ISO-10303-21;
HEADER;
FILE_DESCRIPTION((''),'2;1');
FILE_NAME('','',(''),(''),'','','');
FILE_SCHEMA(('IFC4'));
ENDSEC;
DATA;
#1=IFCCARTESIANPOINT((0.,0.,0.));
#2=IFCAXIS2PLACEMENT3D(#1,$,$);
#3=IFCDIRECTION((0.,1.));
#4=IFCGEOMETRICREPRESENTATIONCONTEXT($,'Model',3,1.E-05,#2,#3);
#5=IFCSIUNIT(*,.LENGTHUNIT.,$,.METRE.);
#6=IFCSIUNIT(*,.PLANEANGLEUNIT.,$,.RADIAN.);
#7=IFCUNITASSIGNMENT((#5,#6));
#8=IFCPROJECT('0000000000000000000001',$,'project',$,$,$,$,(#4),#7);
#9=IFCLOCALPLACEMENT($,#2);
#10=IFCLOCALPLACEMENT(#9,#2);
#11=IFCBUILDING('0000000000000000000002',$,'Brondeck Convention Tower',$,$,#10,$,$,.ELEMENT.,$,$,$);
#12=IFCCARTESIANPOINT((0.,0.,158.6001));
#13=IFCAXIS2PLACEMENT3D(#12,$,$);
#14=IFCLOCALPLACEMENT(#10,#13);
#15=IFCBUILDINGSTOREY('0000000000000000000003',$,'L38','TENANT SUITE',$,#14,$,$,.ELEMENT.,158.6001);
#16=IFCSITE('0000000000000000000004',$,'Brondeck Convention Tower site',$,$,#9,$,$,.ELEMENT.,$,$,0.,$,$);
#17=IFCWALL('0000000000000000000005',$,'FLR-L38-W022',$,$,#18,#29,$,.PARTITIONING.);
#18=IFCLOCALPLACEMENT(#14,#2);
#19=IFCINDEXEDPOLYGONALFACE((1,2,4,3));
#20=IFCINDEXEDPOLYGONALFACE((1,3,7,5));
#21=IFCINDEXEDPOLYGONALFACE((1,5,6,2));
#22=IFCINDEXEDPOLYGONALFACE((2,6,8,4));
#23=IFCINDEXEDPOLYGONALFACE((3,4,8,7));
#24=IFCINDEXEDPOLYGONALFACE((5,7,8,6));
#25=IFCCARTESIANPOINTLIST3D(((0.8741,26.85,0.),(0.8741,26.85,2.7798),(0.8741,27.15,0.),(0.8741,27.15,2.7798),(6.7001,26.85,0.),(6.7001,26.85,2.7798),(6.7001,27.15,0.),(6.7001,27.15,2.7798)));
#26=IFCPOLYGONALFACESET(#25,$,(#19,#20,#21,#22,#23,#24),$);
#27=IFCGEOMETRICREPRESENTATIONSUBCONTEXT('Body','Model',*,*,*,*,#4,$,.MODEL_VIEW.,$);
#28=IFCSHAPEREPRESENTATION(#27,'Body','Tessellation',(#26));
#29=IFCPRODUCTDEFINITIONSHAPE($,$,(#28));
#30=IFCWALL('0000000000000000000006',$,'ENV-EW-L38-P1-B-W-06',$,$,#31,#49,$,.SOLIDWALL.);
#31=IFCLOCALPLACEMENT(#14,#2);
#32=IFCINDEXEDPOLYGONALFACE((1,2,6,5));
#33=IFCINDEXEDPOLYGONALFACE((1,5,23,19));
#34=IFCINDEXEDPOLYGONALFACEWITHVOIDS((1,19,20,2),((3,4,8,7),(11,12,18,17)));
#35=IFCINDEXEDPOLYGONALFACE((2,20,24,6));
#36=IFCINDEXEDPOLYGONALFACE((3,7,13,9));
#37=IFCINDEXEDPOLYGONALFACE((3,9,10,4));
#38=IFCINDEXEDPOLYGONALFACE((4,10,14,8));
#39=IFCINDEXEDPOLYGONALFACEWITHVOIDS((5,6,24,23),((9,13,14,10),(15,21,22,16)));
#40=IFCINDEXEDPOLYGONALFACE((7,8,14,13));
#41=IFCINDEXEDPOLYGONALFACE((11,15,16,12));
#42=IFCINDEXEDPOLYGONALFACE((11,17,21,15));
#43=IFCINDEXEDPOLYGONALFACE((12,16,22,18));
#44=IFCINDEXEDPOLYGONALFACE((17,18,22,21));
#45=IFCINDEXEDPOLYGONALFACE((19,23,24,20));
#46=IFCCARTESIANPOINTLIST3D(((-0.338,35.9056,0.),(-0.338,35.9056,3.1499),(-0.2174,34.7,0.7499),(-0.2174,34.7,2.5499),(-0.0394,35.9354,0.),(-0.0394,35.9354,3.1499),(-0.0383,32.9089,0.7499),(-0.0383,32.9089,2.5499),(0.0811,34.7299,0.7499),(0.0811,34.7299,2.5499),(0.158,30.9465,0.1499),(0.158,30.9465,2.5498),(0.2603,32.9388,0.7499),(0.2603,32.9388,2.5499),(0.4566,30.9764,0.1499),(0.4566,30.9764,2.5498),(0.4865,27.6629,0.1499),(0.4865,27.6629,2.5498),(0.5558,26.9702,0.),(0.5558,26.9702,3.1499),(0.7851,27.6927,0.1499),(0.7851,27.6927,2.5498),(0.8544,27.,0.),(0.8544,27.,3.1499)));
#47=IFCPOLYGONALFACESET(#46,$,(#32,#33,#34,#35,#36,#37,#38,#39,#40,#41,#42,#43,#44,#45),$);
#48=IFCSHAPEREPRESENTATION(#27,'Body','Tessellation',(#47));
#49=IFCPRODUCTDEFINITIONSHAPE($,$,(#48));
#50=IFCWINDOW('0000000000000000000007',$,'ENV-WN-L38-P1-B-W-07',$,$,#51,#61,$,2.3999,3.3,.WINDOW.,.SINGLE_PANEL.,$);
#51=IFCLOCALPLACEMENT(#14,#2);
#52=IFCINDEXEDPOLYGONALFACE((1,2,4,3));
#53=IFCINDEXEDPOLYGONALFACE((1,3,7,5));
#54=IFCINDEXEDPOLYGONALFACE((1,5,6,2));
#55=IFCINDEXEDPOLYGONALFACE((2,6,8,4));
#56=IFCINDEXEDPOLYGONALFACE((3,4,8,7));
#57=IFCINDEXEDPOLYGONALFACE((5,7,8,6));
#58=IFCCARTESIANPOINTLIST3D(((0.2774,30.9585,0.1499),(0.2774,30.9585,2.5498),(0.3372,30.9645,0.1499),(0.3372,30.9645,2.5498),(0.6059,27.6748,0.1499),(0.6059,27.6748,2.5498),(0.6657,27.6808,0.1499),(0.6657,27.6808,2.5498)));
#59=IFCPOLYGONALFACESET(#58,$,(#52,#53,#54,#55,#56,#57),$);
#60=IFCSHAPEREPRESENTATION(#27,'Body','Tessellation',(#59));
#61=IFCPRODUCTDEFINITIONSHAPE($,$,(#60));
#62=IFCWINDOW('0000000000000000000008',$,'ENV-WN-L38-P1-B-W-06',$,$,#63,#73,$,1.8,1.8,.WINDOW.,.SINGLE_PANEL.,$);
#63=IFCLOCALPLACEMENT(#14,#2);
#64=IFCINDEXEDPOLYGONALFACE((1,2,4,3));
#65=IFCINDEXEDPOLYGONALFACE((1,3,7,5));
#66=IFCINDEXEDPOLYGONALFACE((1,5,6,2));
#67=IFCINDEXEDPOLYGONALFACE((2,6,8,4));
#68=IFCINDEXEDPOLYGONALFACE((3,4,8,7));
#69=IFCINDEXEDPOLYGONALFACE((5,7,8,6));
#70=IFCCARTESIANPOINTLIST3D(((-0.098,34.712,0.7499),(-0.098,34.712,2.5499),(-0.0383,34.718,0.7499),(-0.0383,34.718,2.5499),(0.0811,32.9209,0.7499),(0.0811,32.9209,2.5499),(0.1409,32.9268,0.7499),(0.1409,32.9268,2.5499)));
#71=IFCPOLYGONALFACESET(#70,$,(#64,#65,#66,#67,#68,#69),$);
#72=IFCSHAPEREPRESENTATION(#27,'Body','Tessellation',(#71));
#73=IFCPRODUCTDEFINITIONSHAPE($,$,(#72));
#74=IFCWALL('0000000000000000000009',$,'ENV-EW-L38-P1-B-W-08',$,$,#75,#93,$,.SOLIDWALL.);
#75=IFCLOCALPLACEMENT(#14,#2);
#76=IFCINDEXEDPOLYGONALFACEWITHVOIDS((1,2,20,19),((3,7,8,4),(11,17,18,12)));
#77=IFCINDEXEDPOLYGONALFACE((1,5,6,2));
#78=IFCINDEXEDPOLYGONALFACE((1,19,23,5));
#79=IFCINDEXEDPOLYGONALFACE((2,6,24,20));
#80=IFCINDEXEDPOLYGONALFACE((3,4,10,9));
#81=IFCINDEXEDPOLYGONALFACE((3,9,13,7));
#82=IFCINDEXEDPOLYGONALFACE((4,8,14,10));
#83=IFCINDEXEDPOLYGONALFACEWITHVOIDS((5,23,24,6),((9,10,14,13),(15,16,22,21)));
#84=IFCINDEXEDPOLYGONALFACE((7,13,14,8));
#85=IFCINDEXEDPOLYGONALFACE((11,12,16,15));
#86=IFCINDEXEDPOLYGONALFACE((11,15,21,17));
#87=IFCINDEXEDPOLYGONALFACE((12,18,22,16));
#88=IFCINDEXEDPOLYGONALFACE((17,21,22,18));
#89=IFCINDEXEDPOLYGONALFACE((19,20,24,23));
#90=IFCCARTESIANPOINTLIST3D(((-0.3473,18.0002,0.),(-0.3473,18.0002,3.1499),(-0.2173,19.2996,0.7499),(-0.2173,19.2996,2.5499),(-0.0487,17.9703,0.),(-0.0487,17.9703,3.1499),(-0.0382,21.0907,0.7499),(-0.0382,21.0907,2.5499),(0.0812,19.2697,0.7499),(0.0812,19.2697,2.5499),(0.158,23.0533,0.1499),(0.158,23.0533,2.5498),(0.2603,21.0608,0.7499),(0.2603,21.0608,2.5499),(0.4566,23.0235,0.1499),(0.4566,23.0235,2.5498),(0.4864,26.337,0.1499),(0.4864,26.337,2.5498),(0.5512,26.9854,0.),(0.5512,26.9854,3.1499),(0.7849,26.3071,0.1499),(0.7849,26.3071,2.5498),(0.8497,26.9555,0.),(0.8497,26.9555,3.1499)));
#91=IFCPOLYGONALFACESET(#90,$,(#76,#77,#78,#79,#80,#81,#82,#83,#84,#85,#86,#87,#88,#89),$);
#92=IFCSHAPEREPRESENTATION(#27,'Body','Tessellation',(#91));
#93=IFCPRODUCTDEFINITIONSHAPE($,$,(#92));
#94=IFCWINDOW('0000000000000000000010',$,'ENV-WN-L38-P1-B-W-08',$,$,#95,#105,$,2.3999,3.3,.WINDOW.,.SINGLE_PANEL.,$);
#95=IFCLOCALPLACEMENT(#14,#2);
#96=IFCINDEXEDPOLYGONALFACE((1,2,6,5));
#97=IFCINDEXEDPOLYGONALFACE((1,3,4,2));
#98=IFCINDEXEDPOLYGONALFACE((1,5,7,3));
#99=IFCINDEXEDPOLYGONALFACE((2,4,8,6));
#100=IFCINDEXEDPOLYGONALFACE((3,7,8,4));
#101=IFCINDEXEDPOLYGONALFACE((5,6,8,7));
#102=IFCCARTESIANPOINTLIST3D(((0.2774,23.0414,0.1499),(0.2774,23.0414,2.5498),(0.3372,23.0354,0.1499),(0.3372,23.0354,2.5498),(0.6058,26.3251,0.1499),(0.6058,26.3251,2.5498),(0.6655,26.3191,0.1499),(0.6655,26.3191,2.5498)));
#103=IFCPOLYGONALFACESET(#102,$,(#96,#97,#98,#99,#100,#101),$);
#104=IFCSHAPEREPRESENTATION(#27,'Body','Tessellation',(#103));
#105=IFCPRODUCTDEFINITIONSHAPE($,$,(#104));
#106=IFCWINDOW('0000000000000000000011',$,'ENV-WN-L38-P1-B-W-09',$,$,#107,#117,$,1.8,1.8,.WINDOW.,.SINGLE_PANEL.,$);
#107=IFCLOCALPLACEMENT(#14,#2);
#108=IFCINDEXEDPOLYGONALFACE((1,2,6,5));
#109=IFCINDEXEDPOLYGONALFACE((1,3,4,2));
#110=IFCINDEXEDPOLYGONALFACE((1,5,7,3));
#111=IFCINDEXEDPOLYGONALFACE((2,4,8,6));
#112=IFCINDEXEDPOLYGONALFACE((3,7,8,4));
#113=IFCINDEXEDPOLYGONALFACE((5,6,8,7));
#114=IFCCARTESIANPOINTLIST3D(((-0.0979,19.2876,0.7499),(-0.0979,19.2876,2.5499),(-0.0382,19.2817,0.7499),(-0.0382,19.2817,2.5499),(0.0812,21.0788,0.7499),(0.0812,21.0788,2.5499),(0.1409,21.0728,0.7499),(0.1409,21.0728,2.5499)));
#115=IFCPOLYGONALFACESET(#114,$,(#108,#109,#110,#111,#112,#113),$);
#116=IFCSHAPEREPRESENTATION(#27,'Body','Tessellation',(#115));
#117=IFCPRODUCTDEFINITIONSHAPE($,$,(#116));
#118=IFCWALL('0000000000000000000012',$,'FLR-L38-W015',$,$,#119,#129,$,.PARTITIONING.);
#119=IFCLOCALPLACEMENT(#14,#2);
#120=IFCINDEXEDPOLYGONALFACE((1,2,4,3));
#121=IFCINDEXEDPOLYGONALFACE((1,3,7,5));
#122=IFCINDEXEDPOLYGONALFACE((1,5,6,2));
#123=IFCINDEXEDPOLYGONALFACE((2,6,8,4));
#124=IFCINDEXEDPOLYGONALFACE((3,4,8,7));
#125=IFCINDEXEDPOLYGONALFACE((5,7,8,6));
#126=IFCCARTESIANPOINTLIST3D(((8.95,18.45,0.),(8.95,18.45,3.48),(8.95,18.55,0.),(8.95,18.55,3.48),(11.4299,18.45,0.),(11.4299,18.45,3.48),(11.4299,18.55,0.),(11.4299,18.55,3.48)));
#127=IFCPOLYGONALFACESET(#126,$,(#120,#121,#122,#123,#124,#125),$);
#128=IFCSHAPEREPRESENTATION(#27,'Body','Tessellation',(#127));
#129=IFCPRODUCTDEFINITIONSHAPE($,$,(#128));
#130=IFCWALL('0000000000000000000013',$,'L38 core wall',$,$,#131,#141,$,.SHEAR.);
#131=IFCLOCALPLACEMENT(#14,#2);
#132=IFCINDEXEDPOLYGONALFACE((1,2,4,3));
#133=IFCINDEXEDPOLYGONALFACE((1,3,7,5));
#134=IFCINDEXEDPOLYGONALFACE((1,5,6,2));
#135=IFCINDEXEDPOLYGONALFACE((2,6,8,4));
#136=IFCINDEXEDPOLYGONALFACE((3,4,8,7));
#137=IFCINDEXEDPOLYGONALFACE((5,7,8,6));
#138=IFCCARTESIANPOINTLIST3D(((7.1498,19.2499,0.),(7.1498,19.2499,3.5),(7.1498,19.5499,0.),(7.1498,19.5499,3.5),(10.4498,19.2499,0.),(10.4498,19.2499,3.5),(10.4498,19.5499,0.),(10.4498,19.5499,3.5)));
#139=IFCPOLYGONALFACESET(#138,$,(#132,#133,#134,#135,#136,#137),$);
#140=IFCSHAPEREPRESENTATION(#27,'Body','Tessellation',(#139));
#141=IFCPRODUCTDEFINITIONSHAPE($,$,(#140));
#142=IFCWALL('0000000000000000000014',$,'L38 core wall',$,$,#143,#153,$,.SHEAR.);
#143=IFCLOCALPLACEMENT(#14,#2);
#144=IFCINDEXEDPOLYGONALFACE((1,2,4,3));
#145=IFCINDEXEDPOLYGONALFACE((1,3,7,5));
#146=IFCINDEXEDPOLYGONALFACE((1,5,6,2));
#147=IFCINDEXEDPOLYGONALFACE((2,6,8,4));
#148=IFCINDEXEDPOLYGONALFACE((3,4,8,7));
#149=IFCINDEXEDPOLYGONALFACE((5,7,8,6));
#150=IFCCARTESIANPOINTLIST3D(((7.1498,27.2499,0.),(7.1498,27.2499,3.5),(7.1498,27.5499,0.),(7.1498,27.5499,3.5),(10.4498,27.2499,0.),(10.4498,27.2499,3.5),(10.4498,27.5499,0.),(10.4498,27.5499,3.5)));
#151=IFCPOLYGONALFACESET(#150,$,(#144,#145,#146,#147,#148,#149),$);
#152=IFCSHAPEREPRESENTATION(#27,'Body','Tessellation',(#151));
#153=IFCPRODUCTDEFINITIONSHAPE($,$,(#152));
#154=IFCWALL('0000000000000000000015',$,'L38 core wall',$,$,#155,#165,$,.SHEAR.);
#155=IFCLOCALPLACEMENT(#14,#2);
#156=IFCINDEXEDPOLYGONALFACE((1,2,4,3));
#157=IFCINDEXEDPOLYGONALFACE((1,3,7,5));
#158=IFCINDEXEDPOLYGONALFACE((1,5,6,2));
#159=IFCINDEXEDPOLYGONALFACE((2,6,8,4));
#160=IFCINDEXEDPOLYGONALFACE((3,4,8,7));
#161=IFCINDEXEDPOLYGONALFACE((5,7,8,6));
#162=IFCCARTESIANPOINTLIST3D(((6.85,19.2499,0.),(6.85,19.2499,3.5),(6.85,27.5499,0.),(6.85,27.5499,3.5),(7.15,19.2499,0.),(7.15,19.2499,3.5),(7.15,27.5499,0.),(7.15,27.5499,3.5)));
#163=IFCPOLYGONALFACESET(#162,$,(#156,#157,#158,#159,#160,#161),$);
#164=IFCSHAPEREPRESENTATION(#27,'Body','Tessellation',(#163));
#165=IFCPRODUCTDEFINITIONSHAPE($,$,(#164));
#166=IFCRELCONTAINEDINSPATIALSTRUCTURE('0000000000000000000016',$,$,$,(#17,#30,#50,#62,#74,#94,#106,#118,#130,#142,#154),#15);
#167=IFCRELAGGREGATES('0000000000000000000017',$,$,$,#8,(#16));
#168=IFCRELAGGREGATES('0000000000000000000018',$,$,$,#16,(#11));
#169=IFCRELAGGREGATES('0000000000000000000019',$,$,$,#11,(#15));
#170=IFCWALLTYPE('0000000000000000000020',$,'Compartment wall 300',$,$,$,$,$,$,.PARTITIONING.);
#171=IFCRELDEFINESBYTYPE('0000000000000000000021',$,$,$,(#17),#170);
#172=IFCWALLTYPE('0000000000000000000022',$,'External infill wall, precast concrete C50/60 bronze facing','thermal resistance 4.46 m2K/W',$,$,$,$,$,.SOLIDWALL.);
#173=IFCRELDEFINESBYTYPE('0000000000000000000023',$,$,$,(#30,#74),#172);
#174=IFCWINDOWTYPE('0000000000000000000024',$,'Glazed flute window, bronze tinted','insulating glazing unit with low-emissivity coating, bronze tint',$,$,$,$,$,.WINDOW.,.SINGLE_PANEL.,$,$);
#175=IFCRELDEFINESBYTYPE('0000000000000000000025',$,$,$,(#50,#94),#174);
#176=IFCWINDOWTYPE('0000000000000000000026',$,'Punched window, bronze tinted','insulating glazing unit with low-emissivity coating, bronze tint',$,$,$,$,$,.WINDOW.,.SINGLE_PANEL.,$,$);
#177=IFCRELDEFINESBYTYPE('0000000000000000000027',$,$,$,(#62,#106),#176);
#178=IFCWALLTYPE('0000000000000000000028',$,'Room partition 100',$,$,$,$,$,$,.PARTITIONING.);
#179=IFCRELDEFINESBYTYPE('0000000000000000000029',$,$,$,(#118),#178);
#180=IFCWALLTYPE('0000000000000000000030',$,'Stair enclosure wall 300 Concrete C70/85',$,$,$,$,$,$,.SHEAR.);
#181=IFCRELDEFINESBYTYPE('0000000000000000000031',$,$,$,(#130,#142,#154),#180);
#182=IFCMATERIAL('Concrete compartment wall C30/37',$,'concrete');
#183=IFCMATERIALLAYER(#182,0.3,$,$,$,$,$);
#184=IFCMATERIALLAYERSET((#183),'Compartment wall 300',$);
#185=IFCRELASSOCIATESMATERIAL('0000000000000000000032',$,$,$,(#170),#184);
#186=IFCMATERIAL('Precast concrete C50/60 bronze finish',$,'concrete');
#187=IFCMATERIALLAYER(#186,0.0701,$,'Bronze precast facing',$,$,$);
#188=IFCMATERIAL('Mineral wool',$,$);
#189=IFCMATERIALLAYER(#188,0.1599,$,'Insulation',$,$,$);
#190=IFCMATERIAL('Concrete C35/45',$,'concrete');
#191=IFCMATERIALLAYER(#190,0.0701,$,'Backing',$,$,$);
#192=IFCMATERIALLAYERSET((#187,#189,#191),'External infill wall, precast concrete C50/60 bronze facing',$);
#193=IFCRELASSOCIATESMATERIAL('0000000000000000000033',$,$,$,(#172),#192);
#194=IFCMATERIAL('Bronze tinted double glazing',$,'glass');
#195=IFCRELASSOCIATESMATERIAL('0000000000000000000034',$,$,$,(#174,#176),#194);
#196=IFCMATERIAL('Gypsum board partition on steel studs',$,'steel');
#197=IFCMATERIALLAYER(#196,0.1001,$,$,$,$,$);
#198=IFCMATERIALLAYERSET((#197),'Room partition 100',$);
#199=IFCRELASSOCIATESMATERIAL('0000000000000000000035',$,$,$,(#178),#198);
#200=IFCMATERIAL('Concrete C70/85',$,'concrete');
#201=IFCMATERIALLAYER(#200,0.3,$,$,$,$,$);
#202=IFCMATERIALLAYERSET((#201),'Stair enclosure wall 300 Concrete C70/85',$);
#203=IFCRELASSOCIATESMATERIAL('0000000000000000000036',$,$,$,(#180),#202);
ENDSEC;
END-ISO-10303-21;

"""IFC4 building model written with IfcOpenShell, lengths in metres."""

from ifc_helpers import new_model, si_unit, direction, frame, frame_2d, origin, place, context, subcontext, project, spatial, rectangle, extrude, material, layer, layer_set, type_object, element, fill, save


model = new_model("IFC4")

# Units and contexts
model_context = context("Model", 3, precision=1e-05, world=origin(), true_north=direction((0.0, 1.0)))
body_context = subcontext(model_context, "Body", "Model", "MODEL_VIEW")
ifc_project = project(units=[si_unit("LENGTHUNIT", "METRE"), si_unit("PLANEANGLEUNIT", "RADIAN")], contexts=[model_context])

# Site, building, storey
site_placement = place(None, origin())
site = spatial("IfcSite", under=ifc_project, at=site_placement, Name="Brondeck Convention Tower site", CompositionType="ELEMENT", RefElevation=0.0)
building_placement = place(site_placement, origin())
building = spatial("IfcBuilding", under=site, at=building_placement, Name="Brondeck Convention Tower", CompositionType="ELEMENT")
storey_placement = place(building_placement, frame((0.0, 0.0, 158.6001)))
storey = spatial("IfcBuildingStorey", under=building, at=storey_placement, Name="L38", Description="TENANT SUITE", CompositionType="ELEMENT", Elevation=158.6001)

# Shared definitions
ifc_material_1 = material(Name="Concrete C70/85", Category="concrete")

# Wall
ifc_material_2 = material(Name="Concrete compartment wall C30/37", Category="concrete")
ifc_layer_1 = layer(ifc_material_2, 0.3)
ifc_layer_set_1 = layer_set([ifc_layer_1], Name="Compartment wall 300")
wall_type_1 = type_object("IfcWallType", Name="Compartment wall 300", PredefinedType="PARTITIONING", material=ifc_layer_set_1)
wall_1_placement = place(storey_placement, frame((0.874, 27.0, 0.0), z_axis=(0.0, 0.0, 1.0), x_axis=(1.0, 0.0, 0.0)))
element("IfcWall", 1, at=wall_1_placement, inside=storey, type_object=wall_type_1, Name="FLR-L38-W022", PredefinedType="PARTITIONING", context=body_context, shape_type="SweptSolid", body=[
    extrude(rectangle(XDim=5.8259, YDim=0.3, at=frame_2d((2.9131, 0.0))), origin(), (0.0, 0.0, 1.0), 2.7798),
])

# Walls, openings, windows
ifc_material_3 = material(Name="Precast concrete C50/60 bronze finish", Category="concrete")
ifc_layer_2 = layer(ifc_material_3, 0.0701, Name="Bronze precast facing")
ifc_material_4 = material(Name="Mineral wool")
ifc_layer_3 = layer(ifc_material_4, 0.1599, Name="Insulation")
ifc_material_5 = material(Name="Concrete C35/45", Category="concrete")
ifc_layer_4 = layer(ifc_material_5, 0.0701, Name="Backing")
ifc_layer_set_2 = layer_set([ifc_layer_2, ifc_layer_3, ifc_layer_4], Name="External infill wall, precast concrete C50/60 bronze facing")
wall_type_2 = type_object("IfcWallType", Name="External infill wall, precast concrete C50/60 bronze facing", Description="thermal resistance 4.46 m2K/W", PredefinedType="SOLIDWALL", material=ifc_layer_set_2)
wall_2_placement = place(storey_placement, frame((0.7051, 26.9851, 0.0), z_axis=(0.0, 0.0, 1.0), x_axis=(-0.099533, 0.995034, 0.0)))
wall_2 = element("IfcWall", 2, at=wall_2_placement, inside=storey, type_object=wall_type_2, Name="ENV-EW-L38-P1-B-W-06", PredefinedType="SOLIDWALL", context=body_context, shape_type="SweptSolid", body=[
    extrude(rectangle(XDim=8.98, YDim=0.3, at=frame_2d((4.49, 0.0))), origin(), (0.0, 0.0, 1.0), 3.1499),
])
opening_1_placement = place(wall_2_placement, frame((0.6963, 0.0, 0.1499)))
opening_1 = element("IfcOpeningElement", 3, at=opening_1_placement, cuts=wall_2, PredefinedType="OPENING", context=body_context, shape_type="SweptSolid", body=[
    extrude(rectangle(XDim=3.3, YDim=2.3999, at=frame_2d((1.6499, 1.2))), frame((0.0, 0.1599, 0.0), z_axis=(0.0, -1.0, 0.0), x_axis=(1.0, 0.0, 0.0)), (0.0, 0.0, 1.0), 0.3201),
])
opening_2_placement = place(wall_2_placement, frame((5.9685, 0.0, 0.75)))
opening_2 = element("IfcOpeningElement", 4, at=opening_2_placement, cuts=wall_2, PredefinedType="OPENING", context=body_context, shape_type="SweptSolid", body=[
    extrude(rectangle(XDim=1.8, YDim=1.8, at=frame_2d((0.8999, 0.8999))), frame((0.0, 0.1599, 0.0), z_axis=(0.0, -1.0, 0.0), x_axis=(1.0, 0.0, 0.0)), (0.0, 0.0, 1.0), 0.3201),
])
ifc_material_6 = material(Name="Bronze tinted double glazing", Category="glass")
window_type_1 = type_object("IfcWindowType", Name="Glazed flute window, bronze tinted", Description="insulating glazing unit with low-emissivity coating, bronze tint", PartitioningType="SINGLE_PANEL", PredefinedType="WINDOW", material=ifc_material_6)
window_1_placement = place(opening_1_placement, origin())
window_1 = element("IfcWindow", 5, at=window_1_placement, inside=storey, type_object=window_type_1, Name="ENV-WN-L38-P1-B-W-07", OverallHeight=2.3999, OverallWidth=3.3, PartitioningType="SINGLE_PANEL", PredefinedType="WINDOW", context=body_context, shape_type="SweptSolid", body=[
    extrude(rectangle(XDim=3.3, YDim=2.3999, at=frame_2d((1.6499, 1.2))), frame((0.0, 0.03, 0.0), z_axis=(0.0, -1.0, 0.0), x_axis=(1.0, 0.0, 0.0)), (0.0, 0.0, 1.0), 0.0601),
])
fill(opening_1, window_1)
window_type_2 = type_object("IfcWindowType", Name="Punched window, bronze tinted", Description="insulating glazing unit with low-emissivity coating, bronze tint", PartitioningType="SINGLE_PANEL", PredefinedType="WINDOW", material=ifc_material_6)
window_2_placement = place(opening_2_placement, origin())
window_2 = element("IfcWindow", 6, at=window_2_placement, inside=storey, type_object=window_type_2, Name="ENV-WN-L38-P1-B-W-06", OverallHeight=1.8, OverallWidth=1.8, PartitioningType="SINGLE_PANEL", PredefinedType="WINDOW", context=body_context, shape_type="SweptSolid", body=[
    extrude(rectangle(XDim=1.8, YDim=1.8, at=frame_2d((0.8999, 0.8999))), frame((0.0, 0.03, 0.0), z_axis=(0.0, -1.0, 0.0), x_axis=(1.0, 0.0, 0.0)), (0.0, 0.0, 1.0), 0.0601),
])
fill(opening_2, window_2)
wall_3_placement = place(storey_placement, frame((-0.198, 17.9851, 0.0), z_axis=(0.0, 0.0, 1.0), x_axis=(0.099496, 0.995038, 0.0)))
wall_3 = element("IfcWall", 7, at=wall_3_placement, inside=storey, type_object=wall_type_2, Name="ENV-EW-L38-P1-B-W-08", PredefinedType="SOLIDWALL", context=body_context, shape_type="SweptSolid", body=[
    extrude(rectangle(XDim=9.03, YDim=0.3, at=frame_2d((4.5151, 0.0))), origin(), (0.0, 0.0, 1.0), 3.1499),
])
opening_3_placement = place(wall_3_placement, frame((1.3062, 0.0, 0.75)))
opening_3 = element("IfcOpeningElement", 8, at=opening_3_placement, cuts=wall_3, PredefinedType="OPENING", context=body_context, shape_type="SweptSolid", body=[
    extrude(rectangle(XDim=1.8, YDim=1.8, at=frame_2d((0.8999, 0.8999))), frame((0.0, 0.1599, 0.0), z_axis=(0.0, -1.0, 0.0), x_axis=(1.0, 0.0, 0.0)), (0.0, 0.0, 1.0), 0.3201),
])
opening_4_placement = place(wall_3_placement, frame((5.0786, 0.0, 0.1499)))
opening_4 = element("IfcOpeningElement", 9, at=opening_4_placement, cuts=wall_3, PredefinedType="OPENING", context=body_context, shape_type="SweptSolid", body=[
    extrude(rectangle(XDim=3.3, YDim=2.3999, at=frame_2d((1.6499, 1.2))), frame((0.0, 0.1599, 0.0), z_axis=(0.0, -1.0, 0.0), x_axis=(1.0, 0.0, 0.0)), (0.0, 0.0, 1.0), 0.3201),
])
window_3_placement = place(opening_4_placement, origin())
window_3 = element("IfcWindow", 10, at=window_3_placement, inside=storey, type_object=window_type_1, Name="ENV-WN-L38-P1-B-W-08", OverallHeight=2.3999, OverallWidth=3.3, PartitioningType="SINGLE_PANEL", PredefinedType="WINDOW", context=body_context, shape_type="SweptSolid", body=[
    extrude(rectangle(XDim=3.3, YDim=2.3999, at=frame_2d((1.6499, 1.2))), frame((0.0, 0.03, 0.0), z_axis=(0.0, -1.0, 0.0), x_axis=(1.0, 0.0, 0.0)), (0.0, 0.0, 1.0), 0.0601),
])
fill(opening_4, window_3)
window_4_placement = place(opening_3_placement, origin())
window_4 = element("IfcWindow", 11, at=window_4_placement, inside=storey, type_object=window_type_2, Name="ENV-WN-L38-P1-B-W-09", OverallHeight=1.8, OverallWidth=1.8, PartitioningType="SINGLE_PANEL", PredefinedType="WINDOW", context=body_context, shape_type="SweptSolid", body=[
    extrude(rectangle(XDim=1.8, YDim=1.8, at=frame_2d((0.8999, 0.8999))), frame((0.0, 0.03, 0.0), z_axis=(0.0, -1.0, 0.0), x_axis=(1.0, 0.0, 0.0)), (0.0, 0.0, 1.0), 0.0601),
])
fill(opening_3, window_4)

# Walls
ifc_material_7 = material(Name="Gypsum board partition on steel studs", Category="steel")
ifc_layer_5 = layer(ifc_material_7, 0.1001)
ifc_layer_set_3 = layer_set([ifc_layer_5], Name="Room partition 100")
wall_type_3 = type_object("IfcWallType", Name="Room partition 100", PredefinedType="PARTITIONING", material=ifc_layer_set_3)
wall_4_placement = place(storey_placement, frame((8.95, 18.5, 0.0), z_axis=(0.0, 0.0, 1.0), x_axis=(1.0, 0.0, 0.0)))
element("IfcWall", 12, at=wall_4_placement, inside=storey, type_object=wall_type_3, Name="FLR-L38-W015", PredefinedType="PARTITIONING", context=body_context, shape_type="SweptSolid", body=[
    extrude(rectangle(XDim=2.48, YDim=0.1001, at=frame_2d((1.24, 0.0))), origin(), (0.0, 0.0, 1.0), 3.48),
])
ifc_layer_6 = layer(ifc_material_1, 0.3)
ifc_layer_set_4 = layer_set([ifc_layer_6], Name="Stair enclosure wall 300 Concrete C70/85")
wall_type_4 = type_object("IfcWallType", Name="Stair enclosure wall 300 Concrete C70/85", PredefinedType="SHEAR", material=ifc_layer_set_4)
for number, where, z_axis, x_axis, name in (
    (13, (7.1499, 19.3999, 0.0), (0.0, 0.0, 1.0), (1.0, 0.0, 0.0), "L38 core wall"),
    (14, (7.1499, 27.3999, 0.0), (0.0, 0.0, 1.0), (1.0, 0.0, 0.0), "L38 core wall"),
):
    element("IfcWall", number, at=place(storey_placement, frame(where, z_axis=z_axis, x_axis=x_axis)), inside=storey, type_object=wall_type_4, Name=name, PredefinedType="SHEAR", context=body_context, shape_type="SweptSolid", body=[
        extrude(rectangle(XDim=3.3, YDim=0.3, at=frame_2d((1.6499, 0.0))), origin(), (0.0, 0.0, 1.0), 3.5),
    ])
wall_5_placement = place(storey_placement, frame((7.0, 19.25, 0.0), z_axis=(0.0, 0.0, 1.0), x_axis=(0.0, 1.0, 0.0)))
element("IfcWall", 15, at=wall_5_placement, inside=storey, type_object=wall_type_4, Name="L38 core wall", PredefinedType="SHEAR", context=body_context, shape_type="SweptSolid", body=[
    extrude(rectangle(XDim=8.3, YDim=0.3, at=frame_2d((4.1499, 0.0))), origin(), (0.0, 0.0, 1.0), 3.5),
])

save(model, "model.ifc")
